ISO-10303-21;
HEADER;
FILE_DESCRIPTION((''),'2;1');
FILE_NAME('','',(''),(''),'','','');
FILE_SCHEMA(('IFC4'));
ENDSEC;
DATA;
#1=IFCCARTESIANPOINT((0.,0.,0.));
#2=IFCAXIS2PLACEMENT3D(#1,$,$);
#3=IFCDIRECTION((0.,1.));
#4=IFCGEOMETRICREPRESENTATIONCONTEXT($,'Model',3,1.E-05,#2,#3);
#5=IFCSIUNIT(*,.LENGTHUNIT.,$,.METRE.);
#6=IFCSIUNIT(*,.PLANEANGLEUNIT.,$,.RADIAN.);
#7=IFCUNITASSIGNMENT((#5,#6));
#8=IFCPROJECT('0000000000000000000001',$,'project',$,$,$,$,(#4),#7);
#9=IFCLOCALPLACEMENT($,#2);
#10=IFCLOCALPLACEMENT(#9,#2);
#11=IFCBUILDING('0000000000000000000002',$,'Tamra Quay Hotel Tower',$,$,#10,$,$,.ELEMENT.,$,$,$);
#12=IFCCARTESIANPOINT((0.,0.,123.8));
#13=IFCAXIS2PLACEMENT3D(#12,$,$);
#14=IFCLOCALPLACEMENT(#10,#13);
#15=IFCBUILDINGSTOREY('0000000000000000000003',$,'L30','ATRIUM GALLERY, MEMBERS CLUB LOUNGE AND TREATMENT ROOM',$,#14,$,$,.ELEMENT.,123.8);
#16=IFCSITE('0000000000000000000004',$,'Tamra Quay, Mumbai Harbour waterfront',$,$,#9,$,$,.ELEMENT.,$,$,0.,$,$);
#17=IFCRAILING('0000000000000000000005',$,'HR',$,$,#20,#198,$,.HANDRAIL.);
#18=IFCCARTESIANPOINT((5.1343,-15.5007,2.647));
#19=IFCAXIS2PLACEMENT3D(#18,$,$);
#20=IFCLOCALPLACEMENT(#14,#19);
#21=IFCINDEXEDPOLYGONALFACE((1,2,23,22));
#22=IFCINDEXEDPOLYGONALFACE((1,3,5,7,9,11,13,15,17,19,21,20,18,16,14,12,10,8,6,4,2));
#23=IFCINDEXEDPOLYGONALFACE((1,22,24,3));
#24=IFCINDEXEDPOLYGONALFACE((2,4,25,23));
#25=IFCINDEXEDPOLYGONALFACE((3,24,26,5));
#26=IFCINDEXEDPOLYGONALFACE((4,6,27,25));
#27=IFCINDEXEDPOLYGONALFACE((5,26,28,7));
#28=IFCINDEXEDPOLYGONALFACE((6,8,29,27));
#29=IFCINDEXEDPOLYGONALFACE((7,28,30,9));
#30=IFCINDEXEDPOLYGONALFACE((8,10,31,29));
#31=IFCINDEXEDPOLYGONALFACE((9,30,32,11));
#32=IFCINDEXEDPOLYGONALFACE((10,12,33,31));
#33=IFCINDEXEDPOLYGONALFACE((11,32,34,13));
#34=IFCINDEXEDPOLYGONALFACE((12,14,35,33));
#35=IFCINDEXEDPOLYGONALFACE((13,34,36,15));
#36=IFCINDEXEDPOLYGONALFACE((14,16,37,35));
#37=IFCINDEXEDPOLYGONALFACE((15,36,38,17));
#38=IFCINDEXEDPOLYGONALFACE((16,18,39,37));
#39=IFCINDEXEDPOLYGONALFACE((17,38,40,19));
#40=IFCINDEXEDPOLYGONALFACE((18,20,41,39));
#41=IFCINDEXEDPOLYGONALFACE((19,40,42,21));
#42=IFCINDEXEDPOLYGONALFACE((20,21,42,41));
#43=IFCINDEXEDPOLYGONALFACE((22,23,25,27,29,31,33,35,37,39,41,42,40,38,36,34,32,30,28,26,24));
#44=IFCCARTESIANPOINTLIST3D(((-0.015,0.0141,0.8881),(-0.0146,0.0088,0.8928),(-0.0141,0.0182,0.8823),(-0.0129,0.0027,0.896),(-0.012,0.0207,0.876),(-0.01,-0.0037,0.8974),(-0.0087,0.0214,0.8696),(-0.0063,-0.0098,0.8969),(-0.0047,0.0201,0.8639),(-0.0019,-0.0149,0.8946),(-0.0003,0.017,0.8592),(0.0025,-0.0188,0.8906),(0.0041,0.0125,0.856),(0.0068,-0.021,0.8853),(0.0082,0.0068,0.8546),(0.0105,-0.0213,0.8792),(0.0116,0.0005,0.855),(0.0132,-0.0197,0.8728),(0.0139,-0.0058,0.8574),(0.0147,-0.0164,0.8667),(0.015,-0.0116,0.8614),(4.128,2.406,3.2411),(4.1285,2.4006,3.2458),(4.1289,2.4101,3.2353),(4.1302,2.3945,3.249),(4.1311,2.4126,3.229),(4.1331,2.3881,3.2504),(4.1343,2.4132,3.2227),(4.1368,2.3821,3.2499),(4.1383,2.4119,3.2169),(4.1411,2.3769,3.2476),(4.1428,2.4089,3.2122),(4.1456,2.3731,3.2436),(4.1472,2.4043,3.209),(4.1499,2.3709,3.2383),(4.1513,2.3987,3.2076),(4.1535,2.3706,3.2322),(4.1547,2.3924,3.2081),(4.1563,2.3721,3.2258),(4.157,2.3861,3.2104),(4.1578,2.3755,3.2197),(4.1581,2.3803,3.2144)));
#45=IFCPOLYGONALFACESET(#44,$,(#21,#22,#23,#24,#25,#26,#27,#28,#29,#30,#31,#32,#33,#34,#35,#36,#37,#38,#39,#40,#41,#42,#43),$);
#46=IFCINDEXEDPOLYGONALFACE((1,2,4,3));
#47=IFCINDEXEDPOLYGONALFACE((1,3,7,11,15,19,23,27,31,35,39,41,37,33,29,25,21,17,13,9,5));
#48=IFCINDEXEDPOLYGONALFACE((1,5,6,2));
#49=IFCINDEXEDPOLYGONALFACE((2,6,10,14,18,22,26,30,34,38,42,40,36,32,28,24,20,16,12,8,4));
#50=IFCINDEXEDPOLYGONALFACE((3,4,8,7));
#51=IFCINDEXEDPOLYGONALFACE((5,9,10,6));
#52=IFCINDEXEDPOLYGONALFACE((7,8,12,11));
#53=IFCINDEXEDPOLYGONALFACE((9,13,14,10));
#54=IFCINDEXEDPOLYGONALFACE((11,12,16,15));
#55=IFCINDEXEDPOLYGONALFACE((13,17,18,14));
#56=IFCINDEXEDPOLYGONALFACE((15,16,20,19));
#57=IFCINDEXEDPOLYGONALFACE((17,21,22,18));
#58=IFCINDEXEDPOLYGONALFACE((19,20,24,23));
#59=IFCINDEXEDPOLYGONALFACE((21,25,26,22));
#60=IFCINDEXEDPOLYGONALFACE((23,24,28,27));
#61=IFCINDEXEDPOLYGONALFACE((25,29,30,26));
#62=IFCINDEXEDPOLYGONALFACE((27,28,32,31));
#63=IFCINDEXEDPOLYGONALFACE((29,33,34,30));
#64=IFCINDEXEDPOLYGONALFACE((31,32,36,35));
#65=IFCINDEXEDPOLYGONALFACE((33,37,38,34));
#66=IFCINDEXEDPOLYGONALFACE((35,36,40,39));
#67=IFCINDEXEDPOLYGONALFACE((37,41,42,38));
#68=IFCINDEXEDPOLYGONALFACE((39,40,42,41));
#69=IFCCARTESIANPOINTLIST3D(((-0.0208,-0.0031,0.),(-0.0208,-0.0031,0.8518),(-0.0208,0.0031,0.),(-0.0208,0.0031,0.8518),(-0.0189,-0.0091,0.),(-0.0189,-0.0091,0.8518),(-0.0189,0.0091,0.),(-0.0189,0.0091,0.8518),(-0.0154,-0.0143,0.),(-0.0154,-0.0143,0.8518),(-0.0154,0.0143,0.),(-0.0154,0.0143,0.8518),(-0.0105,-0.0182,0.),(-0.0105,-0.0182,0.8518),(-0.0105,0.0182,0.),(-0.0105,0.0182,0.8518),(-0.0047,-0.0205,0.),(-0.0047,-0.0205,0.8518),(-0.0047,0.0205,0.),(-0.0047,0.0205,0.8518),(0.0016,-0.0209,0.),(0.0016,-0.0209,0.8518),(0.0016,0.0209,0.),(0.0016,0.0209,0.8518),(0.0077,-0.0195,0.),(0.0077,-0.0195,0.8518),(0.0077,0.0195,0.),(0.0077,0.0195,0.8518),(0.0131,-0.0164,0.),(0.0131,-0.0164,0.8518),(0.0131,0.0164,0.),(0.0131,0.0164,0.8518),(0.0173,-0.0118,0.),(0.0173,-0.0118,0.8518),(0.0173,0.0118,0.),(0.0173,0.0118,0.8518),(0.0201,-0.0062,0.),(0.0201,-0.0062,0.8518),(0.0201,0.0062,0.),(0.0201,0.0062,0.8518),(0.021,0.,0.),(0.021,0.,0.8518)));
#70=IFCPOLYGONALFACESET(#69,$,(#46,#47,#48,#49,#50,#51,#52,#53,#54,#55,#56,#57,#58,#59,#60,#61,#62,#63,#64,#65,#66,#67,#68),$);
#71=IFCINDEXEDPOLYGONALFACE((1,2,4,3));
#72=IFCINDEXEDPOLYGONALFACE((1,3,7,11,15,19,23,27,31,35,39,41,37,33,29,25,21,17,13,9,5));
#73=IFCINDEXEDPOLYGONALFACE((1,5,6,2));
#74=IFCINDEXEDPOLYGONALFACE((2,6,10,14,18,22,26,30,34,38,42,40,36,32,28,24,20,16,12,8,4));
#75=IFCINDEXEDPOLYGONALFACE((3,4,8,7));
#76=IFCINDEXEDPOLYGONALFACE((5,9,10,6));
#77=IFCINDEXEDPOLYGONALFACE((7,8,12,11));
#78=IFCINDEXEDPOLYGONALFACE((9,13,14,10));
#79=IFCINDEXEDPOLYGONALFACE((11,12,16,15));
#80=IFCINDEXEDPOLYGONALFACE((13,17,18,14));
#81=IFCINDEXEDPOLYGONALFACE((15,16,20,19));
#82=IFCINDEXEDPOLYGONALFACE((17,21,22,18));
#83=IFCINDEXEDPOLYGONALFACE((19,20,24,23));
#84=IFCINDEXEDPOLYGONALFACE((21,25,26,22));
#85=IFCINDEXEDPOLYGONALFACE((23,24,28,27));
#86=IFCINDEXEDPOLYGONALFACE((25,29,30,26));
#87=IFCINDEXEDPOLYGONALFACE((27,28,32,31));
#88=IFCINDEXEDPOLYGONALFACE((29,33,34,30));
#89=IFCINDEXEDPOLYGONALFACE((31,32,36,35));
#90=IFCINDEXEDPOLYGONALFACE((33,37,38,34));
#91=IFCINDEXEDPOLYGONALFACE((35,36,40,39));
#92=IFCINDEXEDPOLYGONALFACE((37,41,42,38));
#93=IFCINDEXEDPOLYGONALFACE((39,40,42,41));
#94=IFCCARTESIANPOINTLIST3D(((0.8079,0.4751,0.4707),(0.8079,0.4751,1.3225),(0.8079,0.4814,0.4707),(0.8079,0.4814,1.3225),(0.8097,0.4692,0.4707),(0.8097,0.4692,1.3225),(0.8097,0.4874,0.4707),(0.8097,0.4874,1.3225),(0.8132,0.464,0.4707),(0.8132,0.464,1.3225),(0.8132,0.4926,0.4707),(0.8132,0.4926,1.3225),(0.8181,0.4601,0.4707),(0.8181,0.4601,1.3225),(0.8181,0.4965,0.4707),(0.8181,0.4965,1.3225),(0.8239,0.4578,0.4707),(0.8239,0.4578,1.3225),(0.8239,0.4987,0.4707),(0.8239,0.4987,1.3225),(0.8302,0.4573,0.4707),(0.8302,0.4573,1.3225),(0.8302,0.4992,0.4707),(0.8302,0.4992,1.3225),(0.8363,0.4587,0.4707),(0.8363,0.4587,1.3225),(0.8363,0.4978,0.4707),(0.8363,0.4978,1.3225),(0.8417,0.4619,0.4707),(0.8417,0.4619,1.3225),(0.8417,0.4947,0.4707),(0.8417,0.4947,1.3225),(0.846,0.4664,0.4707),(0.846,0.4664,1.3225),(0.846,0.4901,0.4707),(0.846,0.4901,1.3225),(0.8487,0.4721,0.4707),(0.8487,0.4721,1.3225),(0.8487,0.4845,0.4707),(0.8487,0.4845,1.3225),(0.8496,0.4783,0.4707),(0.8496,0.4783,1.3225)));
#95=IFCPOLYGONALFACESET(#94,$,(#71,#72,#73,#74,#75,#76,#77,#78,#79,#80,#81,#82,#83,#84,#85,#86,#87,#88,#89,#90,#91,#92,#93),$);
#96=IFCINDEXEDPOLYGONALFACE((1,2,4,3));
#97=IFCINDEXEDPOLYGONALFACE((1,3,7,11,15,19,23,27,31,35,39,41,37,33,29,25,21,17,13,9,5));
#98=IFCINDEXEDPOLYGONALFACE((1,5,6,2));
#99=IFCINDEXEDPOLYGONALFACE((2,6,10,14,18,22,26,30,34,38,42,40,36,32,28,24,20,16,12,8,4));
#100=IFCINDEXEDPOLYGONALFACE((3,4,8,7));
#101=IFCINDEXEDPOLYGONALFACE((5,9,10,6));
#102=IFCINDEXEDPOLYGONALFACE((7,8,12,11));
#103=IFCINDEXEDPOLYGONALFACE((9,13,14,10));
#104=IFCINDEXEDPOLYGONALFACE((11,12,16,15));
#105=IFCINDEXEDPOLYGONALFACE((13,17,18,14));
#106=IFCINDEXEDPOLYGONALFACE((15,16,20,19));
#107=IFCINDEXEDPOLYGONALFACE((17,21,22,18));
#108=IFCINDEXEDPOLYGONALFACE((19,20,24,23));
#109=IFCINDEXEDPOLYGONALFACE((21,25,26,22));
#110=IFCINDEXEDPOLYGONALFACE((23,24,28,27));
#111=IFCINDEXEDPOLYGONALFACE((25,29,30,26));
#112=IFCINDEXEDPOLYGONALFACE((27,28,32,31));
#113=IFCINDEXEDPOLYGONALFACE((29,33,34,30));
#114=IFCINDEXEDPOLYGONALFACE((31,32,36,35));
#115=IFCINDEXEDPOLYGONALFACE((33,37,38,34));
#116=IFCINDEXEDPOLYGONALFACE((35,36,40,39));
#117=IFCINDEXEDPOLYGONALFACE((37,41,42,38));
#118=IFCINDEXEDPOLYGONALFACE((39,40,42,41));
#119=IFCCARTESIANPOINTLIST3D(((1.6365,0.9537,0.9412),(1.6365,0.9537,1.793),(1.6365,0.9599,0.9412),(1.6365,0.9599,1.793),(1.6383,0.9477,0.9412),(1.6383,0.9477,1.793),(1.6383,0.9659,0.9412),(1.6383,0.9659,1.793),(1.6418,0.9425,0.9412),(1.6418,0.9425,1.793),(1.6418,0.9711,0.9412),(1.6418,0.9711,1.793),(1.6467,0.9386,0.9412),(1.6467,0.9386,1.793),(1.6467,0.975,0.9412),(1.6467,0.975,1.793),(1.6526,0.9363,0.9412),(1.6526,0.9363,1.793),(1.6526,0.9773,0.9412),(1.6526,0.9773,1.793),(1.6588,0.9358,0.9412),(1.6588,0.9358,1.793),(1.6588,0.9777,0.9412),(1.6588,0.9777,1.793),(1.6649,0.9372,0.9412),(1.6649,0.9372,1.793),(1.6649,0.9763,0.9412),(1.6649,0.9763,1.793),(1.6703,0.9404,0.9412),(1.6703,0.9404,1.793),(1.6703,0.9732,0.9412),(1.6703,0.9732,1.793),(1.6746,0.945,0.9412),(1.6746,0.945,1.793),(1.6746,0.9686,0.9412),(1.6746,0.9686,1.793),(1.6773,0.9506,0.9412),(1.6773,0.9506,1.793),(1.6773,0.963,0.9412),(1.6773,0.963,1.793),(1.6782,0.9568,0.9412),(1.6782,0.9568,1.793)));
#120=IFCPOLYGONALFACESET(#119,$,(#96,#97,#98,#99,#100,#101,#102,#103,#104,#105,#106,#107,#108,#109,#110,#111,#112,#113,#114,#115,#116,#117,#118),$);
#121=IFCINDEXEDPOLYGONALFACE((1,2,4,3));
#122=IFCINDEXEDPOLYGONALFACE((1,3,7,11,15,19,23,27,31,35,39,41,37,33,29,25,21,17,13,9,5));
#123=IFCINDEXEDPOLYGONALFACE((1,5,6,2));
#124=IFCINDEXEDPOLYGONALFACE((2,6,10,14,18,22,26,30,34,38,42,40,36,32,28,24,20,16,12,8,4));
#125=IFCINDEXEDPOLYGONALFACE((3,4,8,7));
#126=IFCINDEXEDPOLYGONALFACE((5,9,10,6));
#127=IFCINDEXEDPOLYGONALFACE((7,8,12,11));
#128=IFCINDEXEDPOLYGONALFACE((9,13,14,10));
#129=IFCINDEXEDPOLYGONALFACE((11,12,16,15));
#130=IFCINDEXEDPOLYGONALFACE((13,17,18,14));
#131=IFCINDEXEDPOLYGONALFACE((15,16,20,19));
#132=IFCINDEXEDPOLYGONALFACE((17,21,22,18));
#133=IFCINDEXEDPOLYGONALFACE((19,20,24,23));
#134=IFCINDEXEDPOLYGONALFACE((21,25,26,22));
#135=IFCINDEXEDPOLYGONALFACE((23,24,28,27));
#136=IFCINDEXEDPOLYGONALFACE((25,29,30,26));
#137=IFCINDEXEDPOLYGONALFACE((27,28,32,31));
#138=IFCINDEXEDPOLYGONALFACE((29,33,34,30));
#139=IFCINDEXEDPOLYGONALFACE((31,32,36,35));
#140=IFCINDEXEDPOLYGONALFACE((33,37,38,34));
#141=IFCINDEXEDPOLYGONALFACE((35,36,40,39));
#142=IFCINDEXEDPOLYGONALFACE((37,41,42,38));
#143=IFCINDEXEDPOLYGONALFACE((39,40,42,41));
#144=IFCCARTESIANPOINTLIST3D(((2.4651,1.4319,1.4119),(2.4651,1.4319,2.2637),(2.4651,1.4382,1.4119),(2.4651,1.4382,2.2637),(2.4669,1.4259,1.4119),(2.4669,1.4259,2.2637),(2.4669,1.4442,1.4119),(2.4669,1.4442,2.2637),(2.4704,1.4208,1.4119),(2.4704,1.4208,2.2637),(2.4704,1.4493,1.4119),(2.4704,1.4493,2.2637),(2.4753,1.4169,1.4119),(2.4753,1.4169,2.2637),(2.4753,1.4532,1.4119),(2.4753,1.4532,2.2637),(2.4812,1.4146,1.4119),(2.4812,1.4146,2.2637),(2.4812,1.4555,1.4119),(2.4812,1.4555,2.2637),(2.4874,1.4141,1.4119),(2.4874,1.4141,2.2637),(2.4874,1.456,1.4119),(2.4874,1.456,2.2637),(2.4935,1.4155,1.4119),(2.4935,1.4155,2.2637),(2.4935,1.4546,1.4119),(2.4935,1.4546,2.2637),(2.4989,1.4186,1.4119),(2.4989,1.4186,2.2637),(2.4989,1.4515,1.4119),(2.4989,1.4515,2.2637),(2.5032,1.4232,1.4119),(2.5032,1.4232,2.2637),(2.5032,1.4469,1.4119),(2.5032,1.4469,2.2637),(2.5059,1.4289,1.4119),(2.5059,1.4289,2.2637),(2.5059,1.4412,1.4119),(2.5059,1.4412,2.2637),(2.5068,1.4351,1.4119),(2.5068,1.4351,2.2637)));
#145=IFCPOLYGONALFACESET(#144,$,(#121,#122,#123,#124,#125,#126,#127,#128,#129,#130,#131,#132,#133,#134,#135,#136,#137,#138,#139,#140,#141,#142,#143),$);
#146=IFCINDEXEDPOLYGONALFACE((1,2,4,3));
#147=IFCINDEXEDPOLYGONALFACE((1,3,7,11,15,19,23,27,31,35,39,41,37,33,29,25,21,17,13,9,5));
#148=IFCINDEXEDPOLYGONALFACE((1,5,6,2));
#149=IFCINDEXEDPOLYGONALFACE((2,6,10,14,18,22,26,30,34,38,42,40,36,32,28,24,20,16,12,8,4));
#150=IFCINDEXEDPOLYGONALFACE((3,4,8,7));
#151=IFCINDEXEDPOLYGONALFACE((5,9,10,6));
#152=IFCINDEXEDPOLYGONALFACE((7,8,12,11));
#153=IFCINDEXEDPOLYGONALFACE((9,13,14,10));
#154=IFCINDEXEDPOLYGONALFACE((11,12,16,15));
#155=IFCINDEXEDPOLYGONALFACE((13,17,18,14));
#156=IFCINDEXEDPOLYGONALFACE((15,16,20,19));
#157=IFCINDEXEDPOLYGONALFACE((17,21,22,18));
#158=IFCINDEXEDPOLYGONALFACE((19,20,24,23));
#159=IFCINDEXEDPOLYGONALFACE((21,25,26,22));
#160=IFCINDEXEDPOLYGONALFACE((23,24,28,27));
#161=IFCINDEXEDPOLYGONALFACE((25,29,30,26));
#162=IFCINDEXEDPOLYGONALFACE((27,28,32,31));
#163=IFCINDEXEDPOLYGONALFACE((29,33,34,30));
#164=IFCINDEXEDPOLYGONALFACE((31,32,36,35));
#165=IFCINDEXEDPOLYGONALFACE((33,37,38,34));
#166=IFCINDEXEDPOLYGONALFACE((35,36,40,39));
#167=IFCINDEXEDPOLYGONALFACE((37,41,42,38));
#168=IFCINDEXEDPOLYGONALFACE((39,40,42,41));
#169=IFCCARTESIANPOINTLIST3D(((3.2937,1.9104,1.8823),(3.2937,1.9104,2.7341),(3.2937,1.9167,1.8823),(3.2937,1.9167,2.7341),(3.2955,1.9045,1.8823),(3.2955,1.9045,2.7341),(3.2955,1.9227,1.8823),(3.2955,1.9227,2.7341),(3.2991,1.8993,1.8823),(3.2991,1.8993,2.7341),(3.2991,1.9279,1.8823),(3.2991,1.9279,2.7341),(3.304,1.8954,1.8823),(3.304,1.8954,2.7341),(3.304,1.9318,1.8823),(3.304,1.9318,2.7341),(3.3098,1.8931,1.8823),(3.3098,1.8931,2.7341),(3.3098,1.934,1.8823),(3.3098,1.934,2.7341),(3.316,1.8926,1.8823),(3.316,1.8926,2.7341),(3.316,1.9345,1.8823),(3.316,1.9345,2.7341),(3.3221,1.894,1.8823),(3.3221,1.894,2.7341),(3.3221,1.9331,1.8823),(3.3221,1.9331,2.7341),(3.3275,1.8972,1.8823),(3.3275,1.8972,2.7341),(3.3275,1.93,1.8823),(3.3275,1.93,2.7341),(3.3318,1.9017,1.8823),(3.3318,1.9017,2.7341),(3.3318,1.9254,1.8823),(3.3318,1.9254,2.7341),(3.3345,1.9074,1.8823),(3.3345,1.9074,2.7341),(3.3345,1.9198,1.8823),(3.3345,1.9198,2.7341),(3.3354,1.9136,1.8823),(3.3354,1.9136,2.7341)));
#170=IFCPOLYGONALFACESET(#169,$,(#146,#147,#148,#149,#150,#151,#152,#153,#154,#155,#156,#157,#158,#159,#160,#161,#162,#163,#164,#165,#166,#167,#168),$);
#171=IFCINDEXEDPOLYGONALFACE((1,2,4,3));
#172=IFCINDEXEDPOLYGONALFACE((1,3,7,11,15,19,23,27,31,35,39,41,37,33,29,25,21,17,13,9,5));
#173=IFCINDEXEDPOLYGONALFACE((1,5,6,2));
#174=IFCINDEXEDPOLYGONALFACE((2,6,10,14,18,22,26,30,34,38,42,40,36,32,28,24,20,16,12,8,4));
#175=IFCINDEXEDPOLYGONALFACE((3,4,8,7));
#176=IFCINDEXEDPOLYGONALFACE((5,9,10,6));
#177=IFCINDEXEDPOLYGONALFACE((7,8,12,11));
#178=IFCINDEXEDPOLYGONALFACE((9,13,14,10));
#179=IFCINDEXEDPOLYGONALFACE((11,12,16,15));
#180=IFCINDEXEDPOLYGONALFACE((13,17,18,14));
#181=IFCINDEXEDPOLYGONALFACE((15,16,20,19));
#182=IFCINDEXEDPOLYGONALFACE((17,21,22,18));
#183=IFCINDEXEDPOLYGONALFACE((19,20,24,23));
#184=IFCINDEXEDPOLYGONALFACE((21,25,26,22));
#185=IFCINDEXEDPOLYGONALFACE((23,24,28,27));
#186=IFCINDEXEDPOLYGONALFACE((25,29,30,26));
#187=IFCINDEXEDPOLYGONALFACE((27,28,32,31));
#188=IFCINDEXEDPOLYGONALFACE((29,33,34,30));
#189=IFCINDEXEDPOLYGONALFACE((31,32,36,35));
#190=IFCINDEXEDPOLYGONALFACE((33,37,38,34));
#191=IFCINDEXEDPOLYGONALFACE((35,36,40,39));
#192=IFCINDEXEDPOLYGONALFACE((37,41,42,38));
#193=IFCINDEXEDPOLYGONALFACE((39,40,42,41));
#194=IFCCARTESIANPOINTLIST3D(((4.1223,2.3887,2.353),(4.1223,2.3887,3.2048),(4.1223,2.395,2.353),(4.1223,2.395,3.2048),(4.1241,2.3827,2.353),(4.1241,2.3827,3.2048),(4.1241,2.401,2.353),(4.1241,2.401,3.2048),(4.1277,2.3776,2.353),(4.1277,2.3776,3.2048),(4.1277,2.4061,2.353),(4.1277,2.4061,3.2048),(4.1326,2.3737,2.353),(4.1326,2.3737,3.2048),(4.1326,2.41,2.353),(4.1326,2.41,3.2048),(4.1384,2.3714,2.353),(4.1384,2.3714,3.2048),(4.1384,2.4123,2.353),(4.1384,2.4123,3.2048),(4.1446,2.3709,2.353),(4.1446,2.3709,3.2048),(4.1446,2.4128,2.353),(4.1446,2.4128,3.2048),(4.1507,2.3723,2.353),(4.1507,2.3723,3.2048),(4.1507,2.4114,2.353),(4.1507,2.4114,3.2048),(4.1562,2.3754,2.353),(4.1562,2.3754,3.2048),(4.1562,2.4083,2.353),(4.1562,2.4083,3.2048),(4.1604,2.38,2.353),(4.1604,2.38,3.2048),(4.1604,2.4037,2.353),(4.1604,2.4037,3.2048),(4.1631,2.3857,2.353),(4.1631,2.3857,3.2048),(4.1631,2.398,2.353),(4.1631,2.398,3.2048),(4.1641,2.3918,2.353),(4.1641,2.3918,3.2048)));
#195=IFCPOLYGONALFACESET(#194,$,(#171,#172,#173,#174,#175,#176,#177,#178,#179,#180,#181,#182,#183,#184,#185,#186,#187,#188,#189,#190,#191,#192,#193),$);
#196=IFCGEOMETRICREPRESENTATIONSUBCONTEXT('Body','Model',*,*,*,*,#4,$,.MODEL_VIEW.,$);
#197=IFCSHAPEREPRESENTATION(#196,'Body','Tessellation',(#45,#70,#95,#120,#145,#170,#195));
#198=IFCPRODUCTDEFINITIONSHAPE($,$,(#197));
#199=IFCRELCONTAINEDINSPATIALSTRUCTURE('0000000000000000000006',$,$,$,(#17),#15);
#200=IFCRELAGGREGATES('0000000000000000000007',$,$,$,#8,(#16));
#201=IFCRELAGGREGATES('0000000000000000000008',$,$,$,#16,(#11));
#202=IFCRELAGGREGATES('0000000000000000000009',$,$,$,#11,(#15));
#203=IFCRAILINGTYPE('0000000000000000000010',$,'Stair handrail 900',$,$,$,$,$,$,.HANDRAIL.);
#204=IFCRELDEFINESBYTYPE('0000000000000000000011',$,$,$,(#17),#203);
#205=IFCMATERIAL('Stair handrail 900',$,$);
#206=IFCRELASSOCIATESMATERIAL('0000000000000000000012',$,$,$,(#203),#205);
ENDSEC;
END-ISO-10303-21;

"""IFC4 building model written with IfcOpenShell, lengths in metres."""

from ifc_helpers import new_model, si_unit, direction, frame, origin, origin_2d, place, context, subcontext, project, spatial, circle, extrude, material, type_object, element, save


model = new_model("IFC4")

# Units and contexts
model_context = context("Model", 3, precision=1e-05, world=origin(), true_north=direction((0.0, 1.0)))
body_context = subcontext(model_context, "Body", "Model", "MODEL_VIEW")
ifc_project = project(units=[si_unit("LENGTHUNIT", "METRE"), si_unit("PLANEANGLEUNIT", "RADIAN")], contexts=[model_context])

# Site, building, storey
site_placement = place(None, origin())
site = spatial("IfcSite", under=ifc_project, at=site_placement, Name="Tamra Quay, Mumbai Harbour waterfront", CompositionType="ELEMENT", RefElevation=0.0)
building_placement = place(site_placement, origin())
building = spatial("IfcBuilding", under=site, at=building_placement, Name="Tamra Quay Hotel Tower", CompositionType="ELEMENT")
storey_placement = place(building_placement, frame((0.0, 0.0, 123.8)))
storey = spatial("IfcBuildingStorey", under=building, at=storey_placement, Name="L30", Description="ATRIUM GALLERY, MEMBERS CLUB LOUNGE AND TREATMENT ROOM", CompositionType="ELEMENT", Elevation=123.8)

# Railing
ifc_material_1 = material(Name="Stair handrail 900")
railing_type_1 = type_object("IfcRailingType", Name="Stair handrail 900", PredefinedType="HANDRAIL", material=ifc_material_1)
railing_1_placement = place(storey_placement, frame((5.1343, -15.5007, 2.647)))
element("IfcRailing", 1, at=railing_1_placement, inside=storey, type_object=railing_type_1, Name="HR", PredefinedType="HANDRAIL", context=body_context, shape_type="SweptSolid", body=[
    extrude(circle(Radius=0.0239, at=origin_2d()), frame((0.0, 0.0, 0.876), z_axis=(0.777123, 0.448643, 0.441362), x_axis=(-0.499976, 0.866039, 0.0)), (0.0, 0.0, 1.0), 5.3313),
    extrude(circle(Radius=0.021, at=origin_2d()), origin(), (0.0, 0.0, 1.0), 0.8518),
    extrude(circle(Radius=0.021, at=origin_2d()), frame((0.8286, 0.4783, 0.4707)), (0.0, 0.0, 1.0), 0.8518),
    extrude(circle(Radius=0.021, at=origin_2d()), frame((1.6572, 0.9568, 0.9412)), (0.0, 0.0, 1.0), 0.8518),
    extrude(circle(Radius=0.021, at=origin_2d()), frame((2.4858, 1.4351, 1.4119)), (0.0, 0.0, 1.0), 0.8518),
    extrude(circle(Radius=0.021, at=origin_2d()), frame((3.3145, 1.9136, 1.8823)), (0.0, 0.0, 1.0), 0.8518),
    extrude(circle(Radius=0.021, at=origin_2d()), frame((4.1431, 2.3918, 2.353)), (0.0, 0.0, 1.0), 0.8518),
])

save(model, "model.ifc")
